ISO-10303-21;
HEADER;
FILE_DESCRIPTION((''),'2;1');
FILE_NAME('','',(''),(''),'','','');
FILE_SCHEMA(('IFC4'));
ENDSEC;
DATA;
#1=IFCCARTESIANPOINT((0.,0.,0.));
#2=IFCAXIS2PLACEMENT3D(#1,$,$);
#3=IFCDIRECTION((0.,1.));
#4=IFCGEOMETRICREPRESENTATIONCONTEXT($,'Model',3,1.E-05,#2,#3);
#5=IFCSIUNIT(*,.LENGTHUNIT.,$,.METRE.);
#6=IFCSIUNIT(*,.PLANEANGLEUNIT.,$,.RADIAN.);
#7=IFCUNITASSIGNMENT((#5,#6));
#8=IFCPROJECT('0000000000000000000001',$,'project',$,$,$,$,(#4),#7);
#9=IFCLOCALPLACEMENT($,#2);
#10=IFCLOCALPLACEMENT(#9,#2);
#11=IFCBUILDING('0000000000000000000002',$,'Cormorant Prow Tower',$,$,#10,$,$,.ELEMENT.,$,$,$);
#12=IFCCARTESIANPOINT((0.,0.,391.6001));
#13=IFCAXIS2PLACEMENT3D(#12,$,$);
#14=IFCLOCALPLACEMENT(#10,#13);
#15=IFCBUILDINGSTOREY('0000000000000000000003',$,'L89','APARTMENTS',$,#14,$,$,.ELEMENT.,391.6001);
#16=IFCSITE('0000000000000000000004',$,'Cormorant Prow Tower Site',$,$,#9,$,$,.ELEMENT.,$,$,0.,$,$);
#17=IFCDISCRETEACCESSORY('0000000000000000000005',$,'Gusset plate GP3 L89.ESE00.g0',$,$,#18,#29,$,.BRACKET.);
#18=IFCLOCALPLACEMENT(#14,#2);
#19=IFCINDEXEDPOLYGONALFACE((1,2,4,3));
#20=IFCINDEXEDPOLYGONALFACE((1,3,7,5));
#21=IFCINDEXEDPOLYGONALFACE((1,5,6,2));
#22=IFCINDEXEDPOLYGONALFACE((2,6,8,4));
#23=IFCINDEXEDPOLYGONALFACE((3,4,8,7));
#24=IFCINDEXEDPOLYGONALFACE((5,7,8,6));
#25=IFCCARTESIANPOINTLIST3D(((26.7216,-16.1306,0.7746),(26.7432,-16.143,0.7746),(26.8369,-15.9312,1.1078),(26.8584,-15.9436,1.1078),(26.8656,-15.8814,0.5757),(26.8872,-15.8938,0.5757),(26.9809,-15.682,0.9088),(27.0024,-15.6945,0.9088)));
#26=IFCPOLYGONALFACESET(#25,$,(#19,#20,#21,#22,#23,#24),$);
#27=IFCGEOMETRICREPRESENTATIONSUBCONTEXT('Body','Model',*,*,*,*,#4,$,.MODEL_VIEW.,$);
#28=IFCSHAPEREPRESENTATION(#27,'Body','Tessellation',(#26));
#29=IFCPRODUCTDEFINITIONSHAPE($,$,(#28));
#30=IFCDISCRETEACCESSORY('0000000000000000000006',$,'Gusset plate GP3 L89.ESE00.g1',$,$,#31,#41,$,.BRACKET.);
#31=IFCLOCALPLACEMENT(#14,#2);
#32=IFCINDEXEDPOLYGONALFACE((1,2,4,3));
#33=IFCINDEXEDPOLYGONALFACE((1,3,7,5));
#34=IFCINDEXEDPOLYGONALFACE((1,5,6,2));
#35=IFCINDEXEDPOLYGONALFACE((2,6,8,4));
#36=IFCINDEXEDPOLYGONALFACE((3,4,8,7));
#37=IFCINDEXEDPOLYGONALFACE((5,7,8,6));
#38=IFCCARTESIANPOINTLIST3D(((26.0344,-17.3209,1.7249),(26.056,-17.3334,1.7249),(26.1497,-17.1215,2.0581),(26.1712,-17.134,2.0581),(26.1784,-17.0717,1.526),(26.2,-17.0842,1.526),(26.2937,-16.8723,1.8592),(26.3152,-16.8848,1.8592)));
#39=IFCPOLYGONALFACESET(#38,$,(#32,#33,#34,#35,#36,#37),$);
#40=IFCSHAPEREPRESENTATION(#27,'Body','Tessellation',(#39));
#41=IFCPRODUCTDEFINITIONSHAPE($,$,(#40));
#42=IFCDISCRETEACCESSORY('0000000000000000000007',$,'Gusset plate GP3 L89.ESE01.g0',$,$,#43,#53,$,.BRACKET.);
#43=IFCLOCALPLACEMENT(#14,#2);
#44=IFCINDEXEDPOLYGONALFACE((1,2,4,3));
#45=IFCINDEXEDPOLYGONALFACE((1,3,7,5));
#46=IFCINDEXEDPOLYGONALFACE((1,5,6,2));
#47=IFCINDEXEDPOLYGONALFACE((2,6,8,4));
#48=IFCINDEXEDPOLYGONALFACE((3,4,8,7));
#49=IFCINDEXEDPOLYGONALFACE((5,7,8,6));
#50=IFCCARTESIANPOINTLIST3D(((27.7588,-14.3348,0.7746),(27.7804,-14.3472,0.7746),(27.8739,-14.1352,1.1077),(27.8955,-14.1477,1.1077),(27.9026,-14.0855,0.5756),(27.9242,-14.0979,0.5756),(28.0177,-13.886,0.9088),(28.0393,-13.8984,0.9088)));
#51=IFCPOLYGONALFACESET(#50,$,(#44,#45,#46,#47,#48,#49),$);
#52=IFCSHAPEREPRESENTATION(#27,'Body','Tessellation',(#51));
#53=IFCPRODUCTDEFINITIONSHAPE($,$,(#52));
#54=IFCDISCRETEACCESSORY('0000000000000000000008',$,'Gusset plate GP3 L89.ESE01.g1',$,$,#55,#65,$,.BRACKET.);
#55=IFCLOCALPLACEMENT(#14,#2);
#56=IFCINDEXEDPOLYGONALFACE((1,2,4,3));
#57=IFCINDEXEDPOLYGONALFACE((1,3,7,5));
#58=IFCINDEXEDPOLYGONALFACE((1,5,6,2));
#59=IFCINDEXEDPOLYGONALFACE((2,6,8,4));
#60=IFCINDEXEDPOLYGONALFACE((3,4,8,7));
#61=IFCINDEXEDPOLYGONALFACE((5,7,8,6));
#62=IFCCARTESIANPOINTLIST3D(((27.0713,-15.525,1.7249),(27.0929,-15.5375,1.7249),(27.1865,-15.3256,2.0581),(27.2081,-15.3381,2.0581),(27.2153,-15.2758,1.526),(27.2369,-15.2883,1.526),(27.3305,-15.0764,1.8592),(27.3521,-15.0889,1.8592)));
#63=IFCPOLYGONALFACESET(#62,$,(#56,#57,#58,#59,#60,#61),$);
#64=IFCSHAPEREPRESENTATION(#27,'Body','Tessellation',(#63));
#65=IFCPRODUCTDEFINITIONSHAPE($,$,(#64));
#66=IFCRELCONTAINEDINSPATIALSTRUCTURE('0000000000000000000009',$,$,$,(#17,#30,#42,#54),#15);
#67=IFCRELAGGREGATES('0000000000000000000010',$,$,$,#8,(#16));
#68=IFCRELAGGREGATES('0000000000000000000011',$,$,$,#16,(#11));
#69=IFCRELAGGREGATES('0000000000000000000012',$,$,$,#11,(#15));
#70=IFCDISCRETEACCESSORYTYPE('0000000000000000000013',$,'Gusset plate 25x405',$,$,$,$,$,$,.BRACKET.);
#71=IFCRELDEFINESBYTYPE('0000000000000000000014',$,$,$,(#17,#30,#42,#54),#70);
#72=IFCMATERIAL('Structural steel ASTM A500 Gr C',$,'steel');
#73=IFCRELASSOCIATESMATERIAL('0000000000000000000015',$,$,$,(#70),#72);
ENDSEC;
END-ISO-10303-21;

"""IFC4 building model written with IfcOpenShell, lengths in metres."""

from ifc_helpers import new_model, si_unit, direction, frame, origin, origin_2d, place, context, subcontext, project, spatial, rectangle, extrude, material, material_profile, profile_set, type_object, element, save


model = new_model("IFC4")

# Units and contexts
model_context = context("Model", 3, precision=1e-05, world=origin(), true_north=direction((0.0, 1.0)))
body_context = subcontext(model_context, "Body", "Model", "MODEL_VIEW")
ifc_project = project(units=[si_unit("LENGTHUNIT", "METRE"), si_unit("PLANEANGLEUNIT", "RADIAN")], contexts=[model_context])

# Site, building, storey
site_placement = place(None, origin())
site = spatial("IfcSite", under=ifc_project, at=site_placement, Name="Cormorant Prow Tower Site", CompositionType="ELEMENT", RefElevation=0.0)
building_placement = place(site_placement, origin())
building = spatial("IfcBuilding", under=site, at=building_placement, Name="Cormorant Prow Tower", CompositionType="ELEMENT")
storey_placement = place(building_placement, frame((0.0, 0.0, 391.6001)))
storey = spatial("IfcBuildingStorey", under=building, at=storey_placement, Name="L89", Description="APARTMENTS", CompositionType="ELEMENT", Elevation=391.6001)

# Discrete accessories
ifc_material_1 = material(Name="Structural steel ASTM A500 Gr C", Category="steel")
ifc_material_profile_1 = material_profile(ifc_material_1, rectangle(XDim=0.0249, YDim=0.405, at=origin_2d()), Name="Gusset plate 25x405")
ifc_profile_set_1 = profile_set([ifc_material_profile_1], Name="Structural steel ASTM A500 Gr C")
discrete_accessory_type = type_object("IfcDiscreteAccessoryType", Name="Gusset plate 25x405", PredefinedType="BRACKET", material=ifc_profile_set_1)
for number, where, z_axis, x_axis, name in (
    (1, (26.79, -16.0371, 0.9412), (0.411596, 0.71227, -0.56856), (-0.865832, 0.500334, 0.0), "Gusset plate GP3 L89.ESE00.g0"),
    (2, (26.2468, -16.9783, 1.6926), (-0.411596, -0.71227, 0.56856), (0.865832, -0.500334, 0.0), "Gusset plate GP3 L89.ESE00.g1"),
    (3, (27.8271, -14.2412, 0.9412), (0.411016, 0.712474, -0.568723), (-0.8662, 0.499698, 0.0), "Gusset plate GP3 L89.ESE01.g0"),
    (4, (27.2837, -15.1824, 1.6926), (-0.411596, -0.71227, 0.56856), (0.865832, -0.500334, 0.0), "Gusset plate GP3 L89.ESE01.g1"),
):
    element("IfcDiscreteAccessory", number, at=place(storey_placement, frame(where, z_axis=z_axis, x_axis=x_axis)), inside=storey, type_object=discrete_accessory_type, Name=name, PredefinedType="BRACKET", context=body_context, shape_type="SweptSolid", body=[
        extrude(rectangle(XDim=0.0249, YDim=0.405, at=origin_2d()), origin(), (0.0, 0.0, 1.0), 0.3499),
    ])

save(model, "model.ifc")
